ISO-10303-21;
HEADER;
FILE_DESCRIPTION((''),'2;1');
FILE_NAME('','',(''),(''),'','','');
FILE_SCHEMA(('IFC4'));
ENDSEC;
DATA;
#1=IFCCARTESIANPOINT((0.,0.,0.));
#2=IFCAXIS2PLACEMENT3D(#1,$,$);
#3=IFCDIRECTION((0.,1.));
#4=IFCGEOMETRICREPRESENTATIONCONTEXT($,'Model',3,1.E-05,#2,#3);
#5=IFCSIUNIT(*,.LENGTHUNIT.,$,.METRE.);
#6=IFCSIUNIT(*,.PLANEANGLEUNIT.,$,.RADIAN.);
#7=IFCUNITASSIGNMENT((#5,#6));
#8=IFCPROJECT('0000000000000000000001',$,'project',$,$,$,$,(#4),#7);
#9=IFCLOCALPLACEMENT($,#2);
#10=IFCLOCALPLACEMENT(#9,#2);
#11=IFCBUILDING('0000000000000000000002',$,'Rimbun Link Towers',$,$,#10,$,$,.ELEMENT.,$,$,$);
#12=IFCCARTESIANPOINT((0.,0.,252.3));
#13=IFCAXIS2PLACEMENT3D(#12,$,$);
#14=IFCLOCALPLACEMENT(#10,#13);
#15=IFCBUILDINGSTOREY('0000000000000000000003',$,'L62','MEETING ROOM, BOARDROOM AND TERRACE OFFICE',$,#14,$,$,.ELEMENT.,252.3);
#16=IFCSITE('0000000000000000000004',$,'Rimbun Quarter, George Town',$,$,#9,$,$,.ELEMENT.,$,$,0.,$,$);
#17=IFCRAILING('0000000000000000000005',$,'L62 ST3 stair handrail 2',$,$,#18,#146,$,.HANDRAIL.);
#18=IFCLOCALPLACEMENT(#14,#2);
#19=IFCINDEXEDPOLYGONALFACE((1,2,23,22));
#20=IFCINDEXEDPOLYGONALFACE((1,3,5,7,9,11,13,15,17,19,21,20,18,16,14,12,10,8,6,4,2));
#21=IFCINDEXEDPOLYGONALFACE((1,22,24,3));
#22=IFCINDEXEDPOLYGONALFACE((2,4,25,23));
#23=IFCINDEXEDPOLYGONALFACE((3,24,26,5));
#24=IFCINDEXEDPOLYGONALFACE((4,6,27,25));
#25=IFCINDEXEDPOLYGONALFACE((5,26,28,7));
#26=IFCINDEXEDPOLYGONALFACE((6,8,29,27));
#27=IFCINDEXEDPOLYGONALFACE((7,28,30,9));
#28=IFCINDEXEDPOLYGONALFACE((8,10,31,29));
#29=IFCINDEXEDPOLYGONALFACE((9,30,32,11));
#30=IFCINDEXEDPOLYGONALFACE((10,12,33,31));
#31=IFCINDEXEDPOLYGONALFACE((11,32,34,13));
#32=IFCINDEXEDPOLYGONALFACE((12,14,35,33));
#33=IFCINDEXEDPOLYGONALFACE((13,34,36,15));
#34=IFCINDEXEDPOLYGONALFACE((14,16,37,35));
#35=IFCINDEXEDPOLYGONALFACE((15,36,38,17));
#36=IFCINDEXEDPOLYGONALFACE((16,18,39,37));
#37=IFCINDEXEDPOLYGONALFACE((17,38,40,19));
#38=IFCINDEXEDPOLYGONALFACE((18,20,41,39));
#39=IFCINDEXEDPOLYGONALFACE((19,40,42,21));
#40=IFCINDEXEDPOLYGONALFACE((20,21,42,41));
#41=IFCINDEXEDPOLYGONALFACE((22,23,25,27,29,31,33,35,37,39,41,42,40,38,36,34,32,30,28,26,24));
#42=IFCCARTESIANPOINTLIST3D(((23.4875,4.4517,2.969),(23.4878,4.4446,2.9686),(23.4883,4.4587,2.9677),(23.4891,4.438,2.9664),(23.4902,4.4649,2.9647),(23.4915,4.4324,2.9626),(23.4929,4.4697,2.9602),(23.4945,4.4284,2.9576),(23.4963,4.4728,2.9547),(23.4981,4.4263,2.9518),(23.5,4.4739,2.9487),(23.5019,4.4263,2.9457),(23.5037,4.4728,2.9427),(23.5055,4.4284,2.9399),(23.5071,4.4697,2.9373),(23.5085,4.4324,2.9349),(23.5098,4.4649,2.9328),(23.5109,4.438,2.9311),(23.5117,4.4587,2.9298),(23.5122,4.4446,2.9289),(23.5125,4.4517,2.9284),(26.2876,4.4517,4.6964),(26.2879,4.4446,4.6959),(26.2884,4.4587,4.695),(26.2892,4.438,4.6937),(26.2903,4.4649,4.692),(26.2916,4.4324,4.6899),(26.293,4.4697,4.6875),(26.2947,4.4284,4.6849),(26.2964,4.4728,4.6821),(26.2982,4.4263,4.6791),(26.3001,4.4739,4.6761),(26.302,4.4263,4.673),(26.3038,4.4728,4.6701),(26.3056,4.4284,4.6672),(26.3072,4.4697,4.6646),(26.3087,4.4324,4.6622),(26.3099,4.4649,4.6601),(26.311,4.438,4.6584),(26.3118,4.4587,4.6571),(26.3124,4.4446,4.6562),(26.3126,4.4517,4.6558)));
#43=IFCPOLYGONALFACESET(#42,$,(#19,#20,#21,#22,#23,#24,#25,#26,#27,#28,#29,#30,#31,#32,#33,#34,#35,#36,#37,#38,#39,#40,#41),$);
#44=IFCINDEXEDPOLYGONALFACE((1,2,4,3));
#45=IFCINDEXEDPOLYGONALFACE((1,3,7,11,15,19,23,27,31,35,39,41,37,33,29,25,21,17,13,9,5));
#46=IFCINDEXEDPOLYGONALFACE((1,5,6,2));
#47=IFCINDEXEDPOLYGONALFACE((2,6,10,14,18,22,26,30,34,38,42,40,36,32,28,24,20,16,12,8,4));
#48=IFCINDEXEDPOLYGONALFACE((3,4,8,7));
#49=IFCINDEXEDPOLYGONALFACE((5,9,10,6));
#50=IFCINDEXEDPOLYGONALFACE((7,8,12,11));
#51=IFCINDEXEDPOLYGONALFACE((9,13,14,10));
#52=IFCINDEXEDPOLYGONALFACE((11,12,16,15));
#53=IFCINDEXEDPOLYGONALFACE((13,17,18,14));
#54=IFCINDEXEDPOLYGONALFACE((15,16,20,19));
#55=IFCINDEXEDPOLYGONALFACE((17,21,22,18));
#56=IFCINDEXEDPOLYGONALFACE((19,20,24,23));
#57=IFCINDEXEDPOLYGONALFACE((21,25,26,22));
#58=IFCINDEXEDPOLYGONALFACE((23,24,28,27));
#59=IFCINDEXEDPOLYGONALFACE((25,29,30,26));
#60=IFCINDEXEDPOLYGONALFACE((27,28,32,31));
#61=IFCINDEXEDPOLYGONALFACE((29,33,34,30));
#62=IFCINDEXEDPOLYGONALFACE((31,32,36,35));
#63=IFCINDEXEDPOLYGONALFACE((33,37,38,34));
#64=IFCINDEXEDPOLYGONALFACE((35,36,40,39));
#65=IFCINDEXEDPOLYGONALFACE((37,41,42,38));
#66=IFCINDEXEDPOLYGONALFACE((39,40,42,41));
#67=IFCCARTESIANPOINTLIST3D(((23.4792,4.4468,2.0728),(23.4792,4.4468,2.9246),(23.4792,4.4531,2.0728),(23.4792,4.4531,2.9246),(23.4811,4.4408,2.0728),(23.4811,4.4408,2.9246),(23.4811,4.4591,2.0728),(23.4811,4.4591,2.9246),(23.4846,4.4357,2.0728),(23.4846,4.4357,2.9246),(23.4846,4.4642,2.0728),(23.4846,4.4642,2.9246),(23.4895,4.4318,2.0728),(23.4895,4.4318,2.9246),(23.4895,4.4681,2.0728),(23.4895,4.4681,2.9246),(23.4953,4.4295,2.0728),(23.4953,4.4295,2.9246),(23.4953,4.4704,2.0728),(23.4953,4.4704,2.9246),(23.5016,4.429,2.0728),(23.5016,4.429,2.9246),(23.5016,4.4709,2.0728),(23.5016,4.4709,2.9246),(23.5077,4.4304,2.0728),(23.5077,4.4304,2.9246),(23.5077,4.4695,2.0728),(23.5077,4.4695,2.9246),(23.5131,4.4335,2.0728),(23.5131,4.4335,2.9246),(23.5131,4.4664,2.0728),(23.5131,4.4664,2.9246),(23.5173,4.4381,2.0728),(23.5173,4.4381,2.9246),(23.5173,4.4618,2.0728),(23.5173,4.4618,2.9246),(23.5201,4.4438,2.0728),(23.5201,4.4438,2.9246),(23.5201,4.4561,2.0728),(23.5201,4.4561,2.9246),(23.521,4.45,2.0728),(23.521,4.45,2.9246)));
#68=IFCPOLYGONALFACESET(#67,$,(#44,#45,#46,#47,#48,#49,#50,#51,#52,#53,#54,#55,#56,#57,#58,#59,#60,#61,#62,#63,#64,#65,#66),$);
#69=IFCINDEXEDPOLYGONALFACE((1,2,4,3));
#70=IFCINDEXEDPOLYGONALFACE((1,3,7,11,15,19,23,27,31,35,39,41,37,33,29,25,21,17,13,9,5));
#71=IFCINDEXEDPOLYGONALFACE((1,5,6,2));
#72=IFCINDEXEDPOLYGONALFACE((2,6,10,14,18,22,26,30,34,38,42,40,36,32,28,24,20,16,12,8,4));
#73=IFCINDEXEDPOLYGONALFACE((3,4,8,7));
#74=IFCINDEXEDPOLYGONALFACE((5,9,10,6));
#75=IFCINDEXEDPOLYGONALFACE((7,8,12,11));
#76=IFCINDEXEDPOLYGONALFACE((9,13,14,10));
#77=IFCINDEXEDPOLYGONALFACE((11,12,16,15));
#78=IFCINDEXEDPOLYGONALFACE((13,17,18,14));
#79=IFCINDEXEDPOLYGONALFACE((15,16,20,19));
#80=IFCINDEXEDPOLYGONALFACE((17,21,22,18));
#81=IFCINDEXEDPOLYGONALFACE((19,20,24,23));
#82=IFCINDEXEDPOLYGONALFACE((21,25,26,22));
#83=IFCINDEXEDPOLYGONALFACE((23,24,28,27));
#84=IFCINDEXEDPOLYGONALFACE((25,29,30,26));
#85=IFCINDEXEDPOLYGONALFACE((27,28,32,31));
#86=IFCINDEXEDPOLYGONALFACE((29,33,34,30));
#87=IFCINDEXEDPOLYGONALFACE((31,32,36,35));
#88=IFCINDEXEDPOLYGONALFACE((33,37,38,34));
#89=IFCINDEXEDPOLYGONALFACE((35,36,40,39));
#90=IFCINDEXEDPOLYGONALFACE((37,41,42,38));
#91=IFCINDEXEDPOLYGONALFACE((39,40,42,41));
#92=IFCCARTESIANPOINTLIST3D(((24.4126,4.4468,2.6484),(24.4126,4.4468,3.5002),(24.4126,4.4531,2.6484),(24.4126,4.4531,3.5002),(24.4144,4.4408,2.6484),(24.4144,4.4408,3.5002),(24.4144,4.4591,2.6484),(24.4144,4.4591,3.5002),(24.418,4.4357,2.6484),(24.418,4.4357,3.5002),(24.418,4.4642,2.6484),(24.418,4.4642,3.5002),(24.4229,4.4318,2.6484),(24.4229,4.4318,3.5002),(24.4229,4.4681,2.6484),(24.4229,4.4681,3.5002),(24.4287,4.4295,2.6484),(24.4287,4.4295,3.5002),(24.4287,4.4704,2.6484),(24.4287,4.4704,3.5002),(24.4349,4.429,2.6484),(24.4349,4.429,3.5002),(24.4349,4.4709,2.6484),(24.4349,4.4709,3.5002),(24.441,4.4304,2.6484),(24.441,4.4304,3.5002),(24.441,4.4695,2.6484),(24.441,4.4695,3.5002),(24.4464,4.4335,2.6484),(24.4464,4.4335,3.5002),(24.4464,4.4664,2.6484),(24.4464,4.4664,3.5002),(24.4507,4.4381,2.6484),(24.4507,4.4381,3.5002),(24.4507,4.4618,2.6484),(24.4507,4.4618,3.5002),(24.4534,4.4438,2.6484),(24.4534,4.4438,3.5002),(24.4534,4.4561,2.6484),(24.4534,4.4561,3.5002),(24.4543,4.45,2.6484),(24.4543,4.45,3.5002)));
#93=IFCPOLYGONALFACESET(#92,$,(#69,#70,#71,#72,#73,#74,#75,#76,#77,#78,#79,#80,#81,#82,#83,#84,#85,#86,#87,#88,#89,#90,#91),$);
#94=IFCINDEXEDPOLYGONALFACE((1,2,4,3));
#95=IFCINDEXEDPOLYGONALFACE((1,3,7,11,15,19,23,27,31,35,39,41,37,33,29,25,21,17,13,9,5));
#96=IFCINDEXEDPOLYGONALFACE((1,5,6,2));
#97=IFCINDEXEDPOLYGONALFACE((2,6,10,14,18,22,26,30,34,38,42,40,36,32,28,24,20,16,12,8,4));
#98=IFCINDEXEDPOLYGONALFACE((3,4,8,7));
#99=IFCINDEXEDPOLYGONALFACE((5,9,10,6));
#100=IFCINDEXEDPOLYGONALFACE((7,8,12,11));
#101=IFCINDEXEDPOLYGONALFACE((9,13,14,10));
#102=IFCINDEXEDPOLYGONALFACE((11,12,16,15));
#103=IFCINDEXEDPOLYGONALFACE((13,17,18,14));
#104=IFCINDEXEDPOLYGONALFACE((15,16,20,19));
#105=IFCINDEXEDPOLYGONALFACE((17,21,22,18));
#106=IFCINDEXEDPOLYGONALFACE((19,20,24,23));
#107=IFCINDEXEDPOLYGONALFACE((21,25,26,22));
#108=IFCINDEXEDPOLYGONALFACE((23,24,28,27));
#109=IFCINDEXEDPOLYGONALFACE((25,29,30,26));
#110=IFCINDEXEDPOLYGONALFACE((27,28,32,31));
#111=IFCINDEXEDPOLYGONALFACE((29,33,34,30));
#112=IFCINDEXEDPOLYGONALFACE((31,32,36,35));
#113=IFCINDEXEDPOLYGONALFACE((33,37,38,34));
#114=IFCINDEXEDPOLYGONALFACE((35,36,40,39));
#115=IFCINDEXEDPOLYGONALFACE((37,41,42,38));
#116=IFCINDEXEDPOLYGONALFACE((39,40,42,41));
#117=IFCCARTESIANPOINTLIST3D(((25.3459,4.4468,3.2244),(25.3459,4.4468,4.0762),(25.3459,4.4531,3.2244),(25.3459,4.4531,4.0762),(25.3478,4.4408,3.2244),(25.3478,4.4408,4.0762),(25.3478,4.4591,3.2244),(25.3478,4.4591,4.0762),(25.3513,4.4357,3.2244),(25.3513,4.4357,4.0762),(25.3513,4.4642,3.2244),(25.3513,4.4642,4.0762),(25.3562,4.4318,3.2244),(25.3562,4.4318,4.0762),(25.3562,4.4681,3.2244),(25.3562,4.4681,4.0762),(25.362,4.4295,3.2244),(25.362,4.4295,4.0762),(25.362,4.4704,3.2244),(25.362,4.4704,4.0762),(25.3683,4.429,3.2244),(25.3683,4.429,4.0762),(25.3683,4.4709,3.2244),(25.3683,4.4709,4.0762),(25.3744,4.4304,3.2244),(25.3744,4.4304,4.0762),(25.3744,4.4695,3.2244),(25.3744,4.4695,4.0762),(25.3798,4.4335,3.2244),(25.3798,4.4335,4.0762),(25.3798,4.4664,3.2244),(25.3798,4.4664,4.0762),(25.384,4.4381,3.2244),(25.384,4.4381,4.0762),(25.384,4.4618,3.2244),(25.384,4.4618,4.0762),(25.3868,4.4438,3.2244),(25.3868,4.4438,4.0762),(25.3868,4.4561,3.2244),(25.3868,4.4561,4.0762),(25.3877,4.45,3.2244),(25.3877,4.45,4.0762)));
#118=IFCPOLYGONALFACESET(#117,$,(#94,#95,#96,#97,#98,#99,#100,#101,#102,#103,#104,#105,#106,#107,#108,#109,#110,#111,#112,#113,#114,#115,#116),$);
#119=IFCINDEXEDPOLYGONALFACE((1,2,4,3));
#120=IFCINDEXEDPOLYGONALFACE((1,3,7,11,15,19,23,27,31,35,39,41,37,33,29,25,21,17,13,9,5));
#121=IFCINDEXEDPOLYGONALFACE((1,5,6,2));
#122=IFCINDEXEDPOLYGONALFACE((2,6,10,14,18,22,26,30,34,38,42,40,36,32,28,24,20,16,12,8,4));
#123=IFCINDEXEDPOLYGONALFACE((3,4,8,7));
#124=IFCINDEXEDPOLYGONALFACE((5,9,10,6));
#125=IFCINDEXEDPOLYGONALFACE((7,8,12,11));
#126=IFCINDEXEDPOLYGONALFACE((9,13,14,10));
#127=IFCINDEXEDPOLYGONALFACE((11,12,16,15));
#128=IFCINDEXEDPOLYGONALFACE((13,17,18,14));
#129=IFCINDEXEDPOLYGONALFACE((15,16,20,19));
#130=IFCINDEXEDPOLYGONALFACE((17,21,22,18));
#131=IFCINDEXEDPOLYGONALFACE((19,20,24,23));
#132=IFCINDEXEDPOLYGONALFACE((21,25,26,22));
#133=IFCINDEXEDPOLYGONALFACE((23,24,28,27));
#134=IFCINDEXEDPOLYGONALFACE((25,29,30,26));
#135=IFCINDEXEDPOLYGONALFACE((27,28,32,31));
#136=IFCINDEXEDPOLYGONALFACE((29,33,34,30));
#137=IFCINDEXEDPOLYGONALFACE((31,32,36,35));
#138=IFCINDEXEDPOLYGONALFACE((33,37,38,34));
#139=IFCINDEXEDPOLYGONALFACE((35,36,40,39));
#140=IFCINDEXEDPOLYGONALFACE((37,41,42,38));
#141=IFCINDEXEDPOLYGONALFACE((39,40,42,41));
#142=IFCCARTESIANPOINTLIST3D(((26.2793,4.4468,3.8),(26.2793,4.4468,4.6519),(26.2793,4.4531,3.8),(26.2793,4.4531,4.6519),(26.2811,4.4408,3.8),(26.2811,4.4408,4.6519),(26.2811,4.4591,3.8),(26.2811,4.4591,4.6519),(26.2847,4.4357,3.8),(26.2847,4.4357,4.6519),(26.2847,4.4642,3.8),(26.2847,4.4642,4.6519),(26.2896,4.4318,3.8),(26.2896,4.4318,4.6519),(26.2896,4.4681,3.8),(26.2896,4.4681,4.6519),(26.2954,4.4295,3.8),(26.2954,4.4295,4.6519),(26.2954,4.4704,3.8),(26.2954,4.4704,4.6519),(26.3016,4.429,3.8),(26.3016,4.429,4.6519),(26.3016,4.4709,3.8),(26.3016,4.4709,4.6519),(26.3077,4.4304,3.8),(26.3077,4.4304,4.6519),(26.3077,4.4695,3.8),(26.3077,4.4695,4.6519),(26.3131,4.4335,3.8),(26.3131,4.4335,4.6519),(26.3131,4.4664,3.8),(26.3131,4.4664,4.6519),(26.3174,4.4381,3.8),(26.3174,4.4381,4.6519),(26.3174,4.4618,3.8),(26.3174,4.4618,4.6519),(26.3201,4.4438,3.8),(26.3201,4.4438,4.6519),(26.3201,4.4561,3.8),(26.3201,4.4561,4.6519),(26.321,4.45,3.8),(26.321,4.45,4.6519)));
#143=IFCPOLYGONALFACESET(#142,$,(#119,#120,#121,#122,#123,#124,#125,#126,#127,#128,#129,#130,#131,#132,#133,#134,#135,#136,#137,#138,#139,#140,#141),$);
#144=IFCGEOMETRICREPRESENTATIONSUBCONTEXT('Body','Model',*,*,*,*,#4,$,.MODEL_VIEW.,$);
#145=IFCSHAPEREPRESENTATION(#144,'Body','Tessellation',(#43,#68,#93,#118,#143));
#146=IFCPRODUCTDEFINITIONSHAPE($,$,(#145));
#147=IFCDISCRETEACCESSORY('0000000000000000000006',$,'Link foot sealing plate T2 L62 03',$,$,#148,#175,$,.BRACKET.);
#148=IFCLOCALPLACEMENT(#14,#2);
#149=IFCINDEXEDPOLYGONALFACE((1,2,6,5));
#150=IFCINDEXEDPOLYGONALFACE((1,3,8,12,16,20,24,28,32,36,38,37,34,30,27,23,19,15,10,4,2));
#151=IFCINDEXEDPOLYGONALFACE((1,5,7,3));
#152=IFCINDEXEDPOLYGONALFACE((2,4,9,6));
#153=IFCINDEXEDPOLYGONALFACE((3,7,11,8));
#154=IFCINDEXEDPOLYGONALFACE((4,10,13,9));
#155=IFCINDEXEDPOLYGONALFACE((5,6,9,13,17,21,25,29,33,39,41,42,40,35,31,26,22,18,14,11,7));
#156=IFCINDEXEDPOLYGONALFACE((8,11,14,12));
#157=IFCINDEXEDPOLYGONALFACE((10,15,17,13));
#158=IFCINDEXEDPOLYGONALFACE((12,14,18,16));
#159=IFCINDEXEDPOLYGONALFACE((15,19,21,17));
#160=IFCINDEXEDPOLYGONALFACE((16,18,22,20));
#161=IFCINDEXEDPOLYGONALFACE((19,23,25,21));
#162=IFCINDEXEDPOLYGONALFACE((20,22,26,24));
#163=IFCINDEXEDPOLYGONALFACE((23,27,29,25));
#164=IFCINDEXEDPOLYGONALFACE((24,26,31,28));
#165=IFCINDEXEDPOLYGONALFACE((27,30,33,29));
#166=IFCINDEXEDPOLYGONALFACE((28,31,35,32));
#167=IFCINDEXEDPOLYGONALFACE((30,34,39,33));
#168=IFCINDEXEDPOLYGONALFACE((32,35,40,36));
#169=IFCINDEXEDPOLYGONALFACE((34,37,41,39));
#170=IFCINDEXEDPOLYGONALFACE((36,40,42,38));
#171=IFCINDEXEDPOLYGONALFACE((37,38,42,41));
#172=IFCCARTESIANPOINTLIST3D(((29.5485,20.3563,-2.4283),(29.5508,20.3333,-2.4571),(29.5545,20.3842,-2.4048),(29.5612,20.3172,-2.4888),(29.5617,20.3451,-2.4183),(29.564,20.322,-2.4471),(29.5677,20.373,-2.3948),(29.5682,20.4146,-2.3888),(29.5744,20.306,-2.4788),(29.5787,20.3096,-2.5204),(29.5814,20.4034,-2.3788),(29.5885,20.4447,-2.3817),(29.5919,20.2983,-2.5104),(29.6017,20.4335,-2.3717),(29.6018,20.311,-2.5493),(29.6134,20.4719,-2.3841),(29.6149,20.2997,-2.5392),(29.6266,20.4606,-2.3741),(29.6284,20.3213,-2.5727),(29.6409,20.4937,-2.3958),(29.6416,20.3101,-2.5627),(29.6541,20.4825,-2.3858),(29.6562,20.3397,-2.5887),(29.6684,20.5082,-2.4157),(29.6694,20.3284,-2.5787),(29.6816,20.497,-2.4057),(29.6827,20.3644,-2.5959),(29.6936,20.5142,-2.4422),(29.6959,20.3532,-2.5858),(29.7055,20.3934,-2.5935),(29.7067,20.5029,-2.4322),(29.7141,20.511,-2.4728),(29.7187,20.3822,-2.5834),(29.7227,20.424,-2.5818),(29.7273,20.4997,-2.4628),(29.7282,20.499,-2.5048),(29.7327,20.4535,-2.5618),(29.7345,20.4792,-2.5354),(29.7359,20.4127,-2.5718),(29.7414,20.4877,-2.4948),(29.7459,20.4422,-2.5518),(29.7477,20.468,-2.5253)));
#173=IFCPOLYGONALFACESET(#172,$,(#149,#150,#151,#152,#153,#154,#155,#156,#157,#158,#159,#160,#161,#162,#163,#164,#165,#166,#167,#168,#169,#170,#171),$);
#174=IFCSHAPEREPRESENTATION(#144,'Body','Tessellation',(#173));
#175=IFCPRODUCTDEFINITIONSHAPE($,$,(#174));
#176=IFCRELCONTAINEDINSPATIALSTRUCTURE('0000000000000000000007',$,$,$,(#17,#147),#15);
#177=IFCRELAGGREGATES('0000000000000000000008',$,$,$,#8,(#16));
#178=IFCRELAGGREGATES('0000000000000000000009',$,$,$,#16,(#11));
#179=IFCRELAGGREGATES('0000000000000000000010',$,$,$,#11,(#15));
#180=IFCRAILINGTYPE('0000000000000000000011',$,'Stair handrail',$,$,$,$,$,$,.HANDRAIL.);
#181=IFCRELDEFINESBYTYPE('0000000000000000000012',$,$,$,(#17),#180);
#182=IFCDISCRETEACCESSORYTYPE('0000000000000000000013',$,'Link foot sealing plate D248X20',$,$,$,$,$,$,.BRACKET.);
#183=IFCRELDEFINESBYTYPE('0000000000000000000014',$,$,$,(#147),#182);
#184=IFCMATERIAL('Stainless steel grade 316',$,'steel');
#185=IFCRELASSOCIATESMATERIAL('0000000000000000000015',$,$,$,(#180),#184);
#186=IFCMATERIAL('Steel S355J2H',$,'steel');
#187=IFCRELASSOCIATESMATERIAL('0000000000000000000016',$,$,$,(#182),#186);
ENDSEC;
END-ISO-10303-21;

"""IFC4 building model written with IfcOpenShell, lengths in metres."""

from ifc_helpers import new_model, si_unit, direction, frame, origin, origin_2d, place, context, subcontext, project, spatial, circle, extrude, material, material_profile, profile_set, type_object, element, save


model = new_model("IFC4")

# Units and contexts
model_context = context("Model", 3, precision=1e-05, world=origin(), true_north=direction((0.0, 1.0)))
body_context = subcontext(model_context, "Body", "Model", "MODEL_VIEW")
ifc_project = project(units=[si_unit("LENGTHUNIT", "METRE"), si_unit("PLANEANGLEUNIT", "RADIAN")], contexts=[model_context])

# Site, building, storey
site_placement = place(None, origin())
site = spatial("IfcSite", under=ifc_project, at=site_placement, Name="Rimbun Quarter, George Town", CompositionType="ELEMENT", RefElevation=0.0)
building_placement = place(site_placement, origin())
building = spatial("IfcBuilding", under=site, at=building_placement, Name="Rimbun Link Towers", CompositionType="ELEMENT")
storey_placement = place(building_placement, frame((0.0, 0.0, 252.3)))
storey = spatial("IfcBuildingStorey", under=building, at=storey_placement, Name="L62", Description="MEETING ROOM, BOARDROOM AND TERRACE OFFICE", CompositionType="ELEMENT", Elevation=252.3)

# Railing
ifc_material_1 = material(Name="Stainless steel grade 316", Category="steel")
railing_type_1 = type_object("IfcRailingType", Name="Stair handrail", PredefinedType="HANDRAIL", material=ifc_material_1)
railing_1_placement = place(storey_placement, frame((23.5, 4.45, 2.0728)))
element("IfcRailing", 1, at=railing_1_placement, inside=storey, type_object=railing_type_1, Name="L62 ST3 stair handrail 2", PredefinedType="HANDRAIL", context=body_context, shape_type="SweptSolid", body=[
    extrude(circle(Radius=0.0239, at=origin_2d()), frame((0.0, 0.0, 0.876), z_axis=(0.85109, 0.0, 0.52502), x_axis=(0.0, 1.0, 0.0)), (0.0, 0.0, 1.0), 3.29),
    extrude(circle(Radius=0.021, at=origin_2d()), origin(), (0.0, 0.0, 1.0), 0.8518),
    extrude(circle(Radius=0.021, at=origin_2d()), frame((0.9333, 0.0, 0.5757)), (0.0, 0.0, 1.0), 0.8518),
    extrude(circle(Radius=0.021, at=origin_2d()), frame((1.8667, 0.0, 1.1516)), (0.0, 0.0, 1.0), 0.8518),
    extrude(circle(Radius=0.021, at=origin_2d()), frame((2.8, 0.0, 1.7273)), (0.0, 0.0, 1.0), 0.8518),
])

# Discrete accessory
ifc_material_2 = material(Name="Steel S355J2H", Category="steel")
ifc_material_profile_1 = material_profile(ifc_material_2, circle(Radius=0.124, at=origin_2d()), Name="PL D248")
ifc_profile_set_1 = profile_set([ifc_material_profile_1], Name="Steel S355J2H")
discrete_accessory_type = type_object("IfcDiscreteAccessoryType", Name="Link foot sealing plate D248X20", PredefinedType="BRACKET", material=ifc_profile_set_1)
discrete_accessory_placement = place(storey_placement, frame((29.6548, 20.4004, -2.4788), z_axis=(-0.659076, 0.561435, -0.500409), x_axis=(-0.648466, -0.761243, 0.0)))
element("IfcDiscreteAccessory", 2, at=discrete_accessory_placement, inside=storey, type_object=discrete_accessory_type, Name="Link foot sealing plate T2 L62 03", PredefinedType="BRACKET", context=body_context, shape_type="SweptSolid", body=[
    extrude(circle(Radius=0.124, at=origin_2d()), origin(), (0.0, 0.0, 1.0), 0.02),
])

save(model, "model.ifc")
